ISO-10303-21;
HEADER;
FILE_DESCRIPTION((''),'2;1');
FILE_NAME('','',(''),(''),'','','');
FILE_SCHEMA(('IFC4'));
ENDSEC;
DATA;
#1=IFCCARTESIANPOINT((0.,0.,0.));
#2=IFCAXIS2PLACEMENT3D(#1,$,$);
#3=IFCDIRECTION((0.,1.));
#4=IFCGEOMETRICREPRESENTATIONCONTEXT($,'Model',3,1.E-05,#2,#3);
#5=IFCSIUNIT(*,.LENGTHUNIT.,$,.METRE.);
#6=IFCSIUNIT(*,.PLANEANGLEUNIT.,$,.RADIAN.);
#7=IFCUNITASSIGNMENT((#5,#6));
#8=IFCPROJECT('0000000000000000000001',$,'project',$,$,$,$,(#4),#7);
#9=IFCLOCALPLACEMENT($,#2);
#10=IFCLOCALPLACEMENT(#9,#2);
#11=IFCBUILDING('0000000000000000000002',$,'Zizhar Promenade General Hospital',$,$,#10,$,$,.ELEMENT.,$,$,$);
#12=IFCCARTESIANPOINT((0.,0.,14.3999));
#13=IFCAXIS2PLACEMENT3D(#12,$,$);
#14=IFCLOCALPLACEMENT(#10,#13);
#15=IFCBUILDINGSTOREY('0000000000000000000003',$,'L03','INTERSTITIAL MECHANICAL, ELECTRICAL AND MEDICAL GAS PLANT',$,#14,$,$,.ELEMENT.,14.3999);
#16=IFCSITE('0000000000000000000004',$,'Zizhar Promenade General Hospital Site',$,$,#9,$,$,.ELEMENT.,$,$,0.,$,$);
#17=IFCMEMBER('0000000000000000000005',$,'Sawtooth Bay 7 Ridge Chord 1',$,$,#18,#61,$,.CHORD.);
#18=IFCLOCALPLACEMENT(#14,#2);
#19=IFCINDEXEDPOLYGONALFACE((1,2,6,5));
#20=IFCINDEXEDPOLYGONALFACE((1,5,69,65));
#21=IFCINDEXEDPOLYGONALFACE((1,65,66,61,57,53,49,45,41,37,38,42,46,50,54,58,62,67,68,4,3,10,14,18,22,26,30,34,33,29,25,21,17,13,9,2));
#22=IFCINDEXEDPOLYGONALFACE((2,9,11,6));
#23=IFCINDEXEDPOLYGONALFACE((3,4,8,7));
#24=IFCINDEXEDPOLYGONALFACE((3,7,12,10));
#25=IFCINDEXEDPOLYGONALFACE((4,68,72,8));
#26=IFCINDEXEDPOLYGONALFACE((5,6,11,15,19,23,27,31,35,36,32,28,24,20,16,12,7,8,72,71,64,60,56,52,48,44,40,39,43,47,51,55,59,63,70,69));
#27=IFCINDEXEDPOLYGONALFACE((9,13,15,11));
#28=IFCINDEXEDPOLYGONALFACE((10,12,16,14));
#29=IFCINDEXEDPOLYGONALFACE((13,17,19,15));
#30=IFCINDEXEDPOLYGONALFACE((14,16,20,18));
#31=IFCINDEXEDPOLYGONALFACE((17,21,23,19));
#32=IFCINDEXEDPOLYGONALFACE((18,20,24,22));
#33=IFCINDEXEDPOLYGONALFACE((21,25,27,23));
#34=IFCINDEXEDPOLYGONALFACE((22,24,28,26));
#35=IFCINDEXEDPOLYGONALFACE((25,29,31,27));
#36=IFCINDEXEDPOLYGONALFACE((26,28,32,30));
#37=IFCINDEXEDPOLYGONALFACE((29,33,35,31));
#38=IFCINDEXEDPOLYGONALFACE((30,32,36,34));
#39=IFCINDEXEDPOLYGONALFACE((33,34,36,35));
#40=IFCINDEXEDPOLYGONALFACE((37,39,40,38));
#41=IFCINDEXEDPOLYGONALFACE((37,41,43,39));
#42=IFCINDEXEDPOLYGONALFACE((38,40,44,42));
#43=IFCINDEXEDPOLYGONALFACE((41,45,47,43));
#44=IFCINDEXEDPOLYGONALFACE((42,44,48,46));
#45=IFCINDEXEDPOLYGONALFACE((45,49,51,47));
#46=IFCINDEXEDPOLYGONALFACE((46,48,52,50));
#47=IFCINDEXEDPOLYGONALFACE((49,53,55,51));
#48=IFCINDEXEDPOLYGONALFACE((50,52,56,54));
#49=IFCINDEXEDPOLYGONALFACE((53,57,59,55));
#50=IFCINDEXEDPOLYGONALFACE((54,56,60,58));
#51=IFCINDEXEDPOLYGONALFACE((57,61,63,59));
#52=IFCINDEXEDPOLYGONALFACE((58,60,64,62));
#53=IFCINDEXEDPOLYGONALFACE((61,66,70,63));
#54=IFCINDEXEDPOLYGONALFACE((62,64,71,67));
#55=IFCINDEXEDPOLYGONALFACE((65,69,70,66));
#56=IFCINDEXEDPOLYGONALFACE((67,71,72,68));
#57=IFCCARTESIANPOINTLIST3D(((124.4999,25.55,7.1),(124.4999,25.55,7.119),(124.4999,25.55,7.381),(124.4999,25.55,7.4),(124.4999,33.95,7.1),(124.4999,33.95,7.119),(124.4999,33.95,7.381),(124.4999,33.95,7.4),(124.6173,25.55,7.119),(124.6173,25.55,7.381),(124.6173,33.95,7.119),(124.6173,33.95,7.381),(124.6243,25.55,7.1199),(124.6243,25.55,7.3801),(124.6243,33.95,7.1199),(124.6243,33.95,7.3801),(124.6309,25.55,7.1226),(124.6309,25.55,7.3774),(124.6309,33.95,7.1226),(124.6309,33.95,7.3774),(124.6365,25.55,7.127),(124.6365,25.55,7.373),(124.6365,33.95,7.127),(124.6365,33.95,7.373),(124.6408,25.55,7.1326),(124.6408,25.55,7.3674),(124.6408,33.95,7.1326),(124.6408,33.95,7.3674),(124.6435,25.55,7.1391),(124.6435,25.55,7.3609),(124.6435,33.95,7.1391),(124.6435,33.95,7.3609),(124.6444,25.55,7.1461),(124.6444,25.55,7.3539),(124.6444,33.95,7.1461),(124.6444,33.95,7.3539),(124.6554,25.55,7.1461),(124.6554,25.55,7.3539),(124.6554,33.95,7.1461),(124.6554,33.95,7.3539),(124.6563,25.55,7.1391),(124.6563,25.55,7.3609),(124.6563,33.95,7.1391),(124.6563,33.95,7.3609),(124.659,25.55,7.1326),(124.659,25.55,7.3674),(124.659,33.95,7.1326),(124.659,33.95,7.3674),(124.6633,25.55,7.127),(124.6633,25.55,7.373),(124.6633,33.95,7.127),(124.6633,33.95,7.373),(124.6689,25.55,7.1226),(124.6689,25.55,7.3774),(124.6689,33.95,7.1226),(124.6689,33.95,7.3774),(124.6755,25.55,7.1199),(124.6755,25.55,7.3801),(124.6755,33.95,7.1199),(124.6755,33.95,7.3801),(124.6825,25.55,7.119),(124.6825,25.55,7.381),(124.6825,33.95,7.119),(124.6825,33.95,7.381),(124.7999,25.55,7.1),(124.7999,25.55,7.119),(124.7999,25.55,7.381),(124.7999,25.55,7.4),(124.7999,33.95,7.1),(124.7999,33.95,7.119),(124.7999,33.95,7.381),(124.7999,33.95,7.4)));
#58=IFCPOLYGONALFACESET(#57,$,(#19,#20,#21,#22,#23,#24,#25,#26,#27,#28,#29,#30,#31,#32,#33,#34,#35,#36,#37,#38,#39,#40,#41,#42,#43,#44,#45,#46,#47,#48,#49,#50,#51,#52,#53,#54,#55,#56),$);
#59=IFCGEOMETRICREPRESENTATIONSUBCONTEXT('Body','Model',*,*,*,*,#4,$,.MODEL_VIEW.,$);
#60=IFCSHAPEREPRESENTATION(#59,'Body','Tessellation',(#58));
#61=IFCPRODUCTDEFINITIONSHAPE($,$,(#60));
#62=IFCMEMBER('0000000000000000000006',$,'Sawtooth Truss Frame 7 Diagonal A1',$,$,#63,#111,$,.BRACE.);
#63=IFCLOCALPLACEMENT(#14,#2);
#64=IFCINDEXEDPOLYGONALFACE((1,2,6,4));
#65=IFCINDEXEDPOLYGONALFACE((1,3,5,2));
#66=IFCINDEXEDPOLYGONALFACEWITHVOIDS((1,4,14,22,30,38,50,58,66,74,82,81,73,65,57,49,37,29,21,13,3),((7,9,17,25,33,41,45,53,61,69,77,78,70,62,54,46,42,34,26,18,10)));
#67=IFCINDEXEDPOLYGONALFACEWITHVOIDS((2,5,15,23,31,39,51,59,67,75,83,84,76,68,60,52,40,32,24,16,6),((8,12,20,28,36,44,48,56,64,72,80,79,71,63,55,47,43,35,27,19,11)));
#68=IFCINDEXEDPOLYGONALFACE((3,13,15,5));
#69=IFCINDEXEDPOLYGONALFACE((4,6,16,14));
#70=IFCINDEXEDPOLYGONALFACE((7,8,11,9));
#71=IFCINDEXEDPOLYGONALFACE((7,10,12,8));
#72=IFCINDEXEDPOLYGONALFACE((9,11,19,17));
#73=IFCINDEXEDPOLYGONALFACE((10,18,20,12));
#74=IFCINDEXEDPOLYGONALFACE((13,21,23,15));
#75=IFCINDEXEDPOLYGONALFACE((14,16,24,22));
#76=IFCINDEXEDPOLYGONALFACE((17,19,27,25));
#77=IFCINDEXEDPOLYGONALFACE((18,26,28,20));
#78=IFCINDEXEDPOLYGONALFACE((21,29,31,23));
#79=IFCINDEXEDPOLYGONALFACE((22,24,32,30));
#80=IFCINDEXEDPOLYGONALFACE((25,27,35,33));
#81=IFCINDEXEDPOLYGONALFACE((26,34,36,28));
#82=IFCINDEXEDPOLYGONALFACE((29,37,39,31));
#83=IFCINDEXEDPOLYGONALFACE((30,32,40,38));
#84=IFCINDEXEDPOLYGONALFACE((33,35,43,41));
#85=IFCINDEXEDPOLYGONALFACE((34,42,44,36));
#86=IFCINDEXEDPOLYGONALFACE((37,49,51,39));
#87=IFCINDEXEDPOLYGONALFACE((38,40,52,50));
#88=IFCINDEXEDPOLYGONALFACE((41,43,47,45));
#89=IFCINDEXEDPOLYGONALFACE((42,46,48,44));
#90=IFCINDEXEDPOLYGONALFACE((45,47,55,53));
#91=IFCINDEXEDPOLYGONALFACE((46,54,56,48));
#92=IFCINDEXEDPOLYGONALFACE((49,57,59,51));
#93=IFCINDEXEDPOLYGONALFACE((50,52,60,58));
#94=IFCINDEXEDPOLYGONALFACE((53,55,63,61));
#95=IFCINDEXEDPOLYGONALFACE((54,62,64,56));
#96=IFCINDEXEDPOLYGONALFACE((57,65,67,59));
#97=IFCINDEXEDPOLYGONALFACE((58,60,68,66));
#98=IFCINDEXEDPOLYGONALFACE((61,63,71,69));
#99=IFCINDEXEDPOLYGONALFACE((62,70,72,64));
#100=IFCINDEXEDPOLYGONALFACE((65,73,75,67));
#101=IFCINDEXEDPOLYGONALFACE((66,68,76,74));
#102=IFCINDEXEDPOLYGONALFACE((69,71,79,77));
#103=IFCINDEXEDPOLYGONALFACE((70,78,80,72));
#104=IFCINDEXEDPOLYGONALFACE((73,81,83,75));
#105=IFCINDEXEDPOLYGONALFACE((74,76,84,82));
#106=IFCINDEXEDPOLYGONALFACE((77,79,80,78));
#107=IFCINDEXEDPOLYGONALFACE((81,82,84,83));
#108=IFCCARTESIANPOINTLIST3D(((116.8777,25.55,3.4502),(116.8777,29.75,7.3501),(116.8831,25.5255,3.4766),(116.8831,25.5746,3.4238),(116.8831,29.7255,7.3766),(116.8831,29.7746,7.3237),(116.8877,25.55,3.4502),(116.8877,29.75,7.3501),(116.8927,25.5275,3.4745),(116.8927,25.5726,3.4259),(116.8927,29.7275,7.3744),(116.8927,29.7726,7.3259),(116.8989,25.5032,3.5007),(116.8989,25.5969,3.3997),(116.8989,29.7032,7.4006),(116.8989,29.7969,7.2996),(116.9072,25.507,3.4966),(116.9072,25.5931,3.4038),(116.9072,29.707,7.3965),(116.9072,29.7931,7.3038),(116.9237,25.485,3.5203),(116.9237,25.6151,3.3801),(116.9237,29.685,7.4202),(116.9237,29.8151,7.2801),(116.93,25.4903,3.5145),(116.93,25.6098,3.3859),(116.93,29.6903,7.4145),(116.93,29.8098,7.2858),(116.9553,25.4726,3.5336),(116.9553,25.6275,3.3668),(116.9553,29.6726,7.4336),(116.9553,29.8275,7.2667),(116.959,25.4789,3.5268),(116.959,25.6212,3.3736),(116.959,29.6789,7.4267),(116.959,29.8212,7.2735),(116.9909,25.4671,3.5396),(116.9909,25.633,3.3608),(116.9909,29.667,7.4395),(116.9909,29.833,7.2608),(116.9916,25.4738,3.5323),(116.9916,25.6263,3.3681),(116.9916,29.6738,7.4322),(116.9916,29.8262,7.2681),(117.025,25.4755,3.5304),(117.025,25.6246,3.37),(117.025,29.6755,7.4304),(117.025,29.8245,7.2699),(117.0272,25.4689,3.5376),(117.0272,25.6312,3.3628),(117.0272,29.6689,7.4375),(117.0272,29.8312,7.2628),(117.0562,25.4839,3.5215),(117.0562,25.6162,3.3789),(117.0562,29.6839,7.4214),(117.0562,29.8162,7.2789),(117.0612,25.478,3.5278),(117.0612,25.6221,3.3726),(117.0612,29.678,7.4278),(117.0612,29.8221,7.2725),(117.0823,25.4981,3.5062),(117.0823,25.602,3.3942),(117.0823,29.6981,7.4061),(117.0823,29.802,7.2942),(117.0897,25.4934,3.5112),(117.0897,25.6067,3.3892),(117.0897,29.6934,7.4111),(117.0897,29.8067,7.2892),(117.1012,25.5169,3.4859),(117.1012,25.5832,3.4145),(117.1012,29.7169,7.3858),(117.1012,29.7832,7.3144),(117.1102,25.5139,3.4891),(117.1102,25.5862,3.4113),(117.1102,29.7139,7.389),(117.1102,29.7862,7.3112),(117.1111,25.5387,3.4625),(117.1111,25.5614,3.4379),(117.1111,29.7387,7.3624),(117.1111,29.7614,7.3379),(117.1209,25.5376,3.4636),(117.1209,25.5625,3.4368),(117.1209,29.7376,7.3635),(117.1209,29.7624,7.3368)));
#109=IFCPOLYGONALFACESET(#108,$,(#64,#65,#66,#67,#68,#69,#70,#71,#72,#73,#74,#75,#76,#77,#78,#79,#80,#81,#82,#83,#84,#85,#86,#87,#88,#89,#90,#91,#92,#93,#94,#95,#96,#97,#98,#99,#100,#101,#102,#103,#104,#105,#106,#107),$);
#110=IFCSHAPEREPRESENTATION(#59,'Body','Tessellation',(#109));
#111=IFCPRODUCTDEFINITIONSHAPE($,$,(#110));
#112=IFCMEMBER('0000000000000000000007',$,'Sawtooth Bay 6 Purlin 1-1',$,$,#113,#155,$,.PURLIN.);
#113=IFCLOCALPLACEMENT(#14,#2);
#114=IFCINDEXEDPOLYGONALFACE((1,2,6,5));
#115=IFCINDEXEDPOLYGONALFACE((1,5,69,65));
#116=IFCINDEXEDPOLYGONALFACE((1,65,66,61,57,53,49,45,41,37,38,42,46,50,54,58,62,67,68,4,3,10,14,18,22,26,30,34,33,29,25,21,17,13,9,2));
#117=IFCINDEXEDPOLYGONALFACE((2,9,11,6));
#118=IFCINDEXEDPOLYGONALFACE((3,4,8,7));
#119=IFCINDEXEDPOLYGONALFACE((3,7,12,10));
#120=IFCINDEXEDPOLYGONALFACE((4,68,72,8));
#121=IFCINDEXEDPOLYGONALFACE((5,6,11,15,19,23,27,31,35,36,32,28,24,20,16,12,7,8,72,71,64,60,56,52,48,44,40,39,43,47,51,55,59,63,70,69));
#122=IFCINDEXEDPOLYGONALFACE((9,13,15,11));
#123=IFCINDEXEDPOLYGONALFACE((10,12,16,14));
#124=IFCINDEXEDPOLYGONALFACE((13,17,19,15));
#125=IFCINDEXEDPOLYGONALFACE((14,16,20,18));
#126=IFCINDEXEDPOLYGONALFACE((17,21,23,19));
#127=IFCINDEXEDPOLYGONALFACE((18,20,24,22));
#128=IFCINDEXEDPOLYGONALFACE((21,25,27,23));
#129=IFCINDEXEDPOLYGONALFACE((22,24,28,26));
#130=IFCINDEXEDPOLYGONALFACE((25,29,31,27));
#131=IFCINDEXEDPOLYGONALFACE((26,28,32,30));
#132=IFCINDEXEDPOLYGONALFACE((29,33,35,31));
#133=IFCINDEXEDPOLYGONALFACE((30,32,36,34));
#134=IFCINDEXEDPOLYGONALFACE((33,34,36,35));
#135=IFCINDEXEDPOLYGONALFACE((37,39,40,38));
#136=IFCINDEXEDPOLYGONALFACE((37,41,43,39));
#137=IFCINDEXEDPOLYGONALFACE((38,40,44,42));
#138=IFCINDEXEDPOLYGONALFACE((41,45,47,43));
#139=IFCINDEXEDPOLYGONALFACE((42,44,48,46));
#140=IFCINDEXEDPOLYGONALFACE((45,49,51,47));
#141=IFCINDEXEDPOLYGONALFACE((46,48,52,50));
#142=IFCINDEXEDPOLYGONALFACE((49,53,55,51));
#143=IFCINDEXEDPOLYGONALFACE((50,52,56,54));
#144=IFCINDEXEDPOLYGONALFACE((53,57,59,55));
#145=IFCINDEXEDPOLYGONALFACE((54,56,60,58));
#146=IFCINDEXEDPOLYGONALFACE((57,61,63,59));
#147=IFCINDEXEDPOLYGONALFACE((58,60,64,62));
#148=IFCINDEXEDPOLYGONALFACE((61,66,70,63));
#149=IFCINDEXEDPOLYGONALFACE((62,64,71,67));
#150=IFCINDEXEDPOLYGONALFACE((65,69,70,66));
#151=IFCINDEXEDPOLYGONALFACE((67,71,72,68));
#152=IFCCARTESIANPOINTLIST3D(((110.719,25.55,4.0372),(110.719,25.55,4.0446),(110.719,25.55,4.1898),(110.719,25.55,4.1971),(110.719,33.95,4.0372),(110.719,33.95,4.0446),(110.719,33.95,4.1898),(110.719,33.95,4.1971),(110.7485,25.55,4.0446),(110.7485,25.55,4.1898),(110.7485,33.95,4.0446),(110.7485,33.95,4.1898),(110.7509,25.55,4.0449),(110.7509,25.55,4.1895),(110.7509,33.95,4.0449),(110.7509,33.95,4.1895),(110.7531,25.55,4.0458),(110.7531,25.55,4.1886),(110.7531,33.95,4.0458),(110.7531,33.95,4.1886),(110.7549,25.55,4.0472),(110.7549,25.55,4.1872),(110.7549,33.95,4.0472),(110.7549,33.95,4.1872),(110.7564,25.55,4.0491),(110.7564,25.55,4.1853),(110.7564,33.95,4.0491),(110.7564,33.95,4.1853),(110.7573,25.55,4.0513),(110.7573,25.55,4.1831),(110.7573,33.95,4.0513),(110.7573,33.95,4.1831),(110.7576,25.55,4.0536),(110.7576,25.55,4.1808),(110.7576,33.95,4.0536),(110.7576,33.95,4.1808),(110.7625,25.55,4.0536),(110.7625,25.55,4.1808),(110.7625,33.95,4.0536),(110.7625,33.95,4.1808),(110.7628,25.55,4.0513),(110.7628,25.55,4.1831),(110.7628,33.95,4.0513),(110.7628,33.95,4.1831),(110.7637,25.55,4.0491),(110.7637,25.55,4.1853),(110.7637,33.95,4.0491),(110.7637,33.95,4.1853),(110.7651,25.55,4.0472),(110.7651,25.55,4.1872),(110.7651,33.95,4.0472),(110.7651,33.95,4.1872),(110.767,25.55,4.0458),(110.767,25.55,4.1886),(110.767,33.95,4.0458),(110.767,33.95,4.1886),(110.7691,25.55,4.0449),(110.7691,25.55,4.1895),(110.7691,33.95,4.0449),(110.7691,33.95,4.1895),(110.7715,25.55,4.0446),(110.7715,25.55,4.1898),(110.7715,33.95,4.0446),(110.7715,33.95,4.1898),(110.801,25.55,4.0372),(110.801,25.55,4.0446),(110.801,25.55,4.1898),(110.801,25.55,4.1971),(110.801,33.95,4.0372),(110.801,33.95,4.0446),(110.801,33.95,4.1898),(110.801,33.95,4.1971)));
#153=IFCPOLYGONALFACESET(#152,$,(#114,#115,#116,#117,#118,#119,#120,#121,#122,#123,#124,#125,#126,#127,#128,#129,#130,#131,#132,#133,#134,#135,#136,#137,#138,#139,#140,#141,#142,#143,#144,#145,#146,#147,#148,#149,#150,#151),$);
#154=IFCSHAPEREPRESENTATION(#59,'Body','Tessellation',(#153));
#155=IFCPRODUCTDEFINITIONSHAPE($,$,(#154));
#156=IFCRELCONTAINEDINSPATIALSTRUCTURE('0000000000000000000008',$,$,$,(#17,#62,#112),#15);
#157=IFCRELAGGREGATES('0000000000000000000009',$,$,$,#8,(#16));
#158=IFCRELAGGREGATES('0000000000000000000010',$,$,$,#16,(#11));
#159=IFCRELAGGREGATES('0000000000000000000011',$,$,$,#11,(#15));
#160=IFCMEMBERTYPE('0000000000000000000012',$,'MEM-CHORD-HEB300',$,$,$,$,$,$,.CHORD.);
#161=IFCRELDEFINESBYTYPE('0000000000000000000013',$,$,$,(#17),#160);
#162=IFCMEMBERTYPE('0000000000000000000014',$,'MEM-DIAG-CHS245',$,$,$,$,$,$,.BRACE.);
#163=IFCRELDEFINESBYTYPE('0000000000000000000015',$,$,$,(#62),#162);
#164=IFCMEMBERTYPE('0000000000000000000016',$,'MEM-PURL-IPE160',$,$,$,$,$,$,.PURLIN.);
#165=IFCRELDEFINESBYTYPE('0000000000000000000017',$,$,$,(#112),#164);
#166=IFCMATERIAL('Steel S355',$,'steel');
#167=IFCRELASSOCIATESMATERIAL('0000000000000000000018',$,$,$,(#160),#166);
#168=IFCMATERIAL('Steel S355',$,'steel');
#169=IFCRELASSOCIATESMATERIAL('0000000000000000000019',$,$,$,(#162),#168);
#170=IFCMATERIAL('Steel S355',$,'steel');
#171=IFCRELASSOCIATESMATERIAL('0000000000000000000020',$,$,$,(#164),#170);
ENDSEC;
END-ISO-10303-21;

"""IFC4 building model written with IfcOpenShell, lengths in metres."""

from ifc_helpers import new_model, si_unit, direction, frame, origin, origin_2d, place, context, subcontext, project, spatial, hollow_circle, i_section, extrude, material, material_profile, profile_set, type_object, element, save


model = new_model("IFC4")

# Units and contexts
model_context = context("Model", 3, precision=1e-05, world=origin(), true_north=direction((0.0, 1.0)))
body_context = subcontext(model_context, "Body", "Model", "MODEL_VIEW")
ifc_project = project(units=[si_unit("LENGTHUNIT", "METRE"), si_unit("PLANEANGLEUNIT", "RADIAN")], contexts=[model_context])

# Site, building, storey
site_placement = place(None, origin())
site = spatial("IfcSite", under=ifc_project, at=site_placement, Name="Zizhar Promenade General Hospital Site", CompositionType="ELEMENT", RefElevation=0.0)
building_placement = place(site_placement, origin())
building = spatial("IfcBuilding", under=site, at=building_placement, Name="Zizhar Promenade General Hospital", CompositionType="ELEMENT")
storey_placement = place(building_placement, frame((0.0, 0.0, 14.3999)))
storey = spatial("IfcBuildingStorey", under=building, at=storey_placement, Name="L03", Description="INTERSTITIAL MECHANICAL, ELECTRICAL AND MEDICAL GAS PLANT", CompositionType="ELEMENT", Elevation=14.3999)

# Members
ifc_material_1 = material(Name="Steel S355", Category="steel")
ifc_material_profile_1 = material_profile(ifc_material_1, i_section(OverallWidth=0.3, OverallDepth=0.3, WebThickness=0.011, FlangeThickness=0.019, FilletRadius=0.0271, at=origin_2d()))
ifc_profile_set_1 = profile_set([ifc_material_profile_1], Name="Steel S355")
member_type_1 = type_object("IfcMemberType", Name="MEM-CHORD-HEB300", PredefinedType="CHORD", material=ifc_profile_set_1)
for number, where, z_axis, x_axis, name in (
    (1, (124.6499, 25.55, 7.25), (0.0, 1.0, 0.0), (-1.0, 0.0, 0.0), "Sawtooth Bay 7 Ridge Chord 1"),
):
    element("IfcMember", number, at=place(storey_placement, frame(where, z_axis=z_axis, x_axis=x_axis)), inside=storey, type_object=member_type_1, Name=name, PredefinedType="CHORD", context=body_context, shape_type="SweptSolid", body=[
        extrude(i_section(OverallWidth=0.3, OverallDepth=0.3, WebThickness=0.011, FlangeThickness=0.019, FilletRadius=0.0271, at=origin_2d()), origin(), (0.0, 0.0, 1.0), 8.3999),
    ])
ifc_material_2 = material(Name="Steel S355", Category="steel")
ifc_material_profile_2 = material_profile(ifc_material_2, hollow_circle(Radius=0.1223, WallThickness=0.01, at=origin_2d()))
ifc_profile_set_2 = profile_set([ifc_material_profile_2], Name="Steel S355")
member_type_2 = type_object("IfcMemberType", Name="MEM-DIAG-CHS245", PredefinedType="BRACE", material=ifc_profile_set_2)
member_1_placement = place(storey_placement, frame((117.0, 25.55, 3.4502), z_axis=(0.0, 0.732798, 0.680446), x_axis=(-1.0, 0.0, 0.0)))
element("IfcMember", 2, at=member_1_placement, inside=storey, type_object=member_type_2, Name="Sawtooth Truss Frame 7 Diagonal A1", PredefinedType="BRACE", context=body_context, shape_type="SweptSolid", body=[
    extrude(hollow_circle(Radius=0.1223, WallThickness=0.01, at=origin_2d()), origin(), (0.0, 0.0, 1.0), 5.7314),
])
ifc_material_3 = material(Name="Steel S355", Category="steel")
ifc_material_profile_3 = material_profile(ifc_material_3, i_section(OverallWidth=0.082, OverallDepth=0.1599, WebThickness=0.0049, FlangeThickness=0.0073, FilletRadius=0.009, at=origin_2d()))
ifc_profile_set_3 = profile_set([ifc_material_profile_3], Name="Steel S355")
member_type_3 = type_object("IfcMemberType", Name="MEM-PURL-IPE160", PredefinedType="PURLIN", material=ifc_profile_set_3)
member_2_placement = place(storey_placement, frame((110.76, 25.55, 4.1172), z_axis=(0.0, 1.0, 0.0), x_axis=(-1.0, 0.0, 0.0)))
element("IfcMember", 3, at=member_2_placement, inside=storey, type_object=member_type_3, Name="Sawtooth Bay 6 Purlin 1-1", PredefinedType="PURLIN", context=body_context, shape_type="SweptSolid", body=[
    extrude(i_section(OverallWidth=0.082, OverallDepth=0.1599, WebThickness=0.0049, FlangeThickness=0.0073, FilletRadius=0.009, at=origin_2d()), origin(), (0.0, 0.0, 1.0), 8.3999),
])

save(model, "model.ifc")
